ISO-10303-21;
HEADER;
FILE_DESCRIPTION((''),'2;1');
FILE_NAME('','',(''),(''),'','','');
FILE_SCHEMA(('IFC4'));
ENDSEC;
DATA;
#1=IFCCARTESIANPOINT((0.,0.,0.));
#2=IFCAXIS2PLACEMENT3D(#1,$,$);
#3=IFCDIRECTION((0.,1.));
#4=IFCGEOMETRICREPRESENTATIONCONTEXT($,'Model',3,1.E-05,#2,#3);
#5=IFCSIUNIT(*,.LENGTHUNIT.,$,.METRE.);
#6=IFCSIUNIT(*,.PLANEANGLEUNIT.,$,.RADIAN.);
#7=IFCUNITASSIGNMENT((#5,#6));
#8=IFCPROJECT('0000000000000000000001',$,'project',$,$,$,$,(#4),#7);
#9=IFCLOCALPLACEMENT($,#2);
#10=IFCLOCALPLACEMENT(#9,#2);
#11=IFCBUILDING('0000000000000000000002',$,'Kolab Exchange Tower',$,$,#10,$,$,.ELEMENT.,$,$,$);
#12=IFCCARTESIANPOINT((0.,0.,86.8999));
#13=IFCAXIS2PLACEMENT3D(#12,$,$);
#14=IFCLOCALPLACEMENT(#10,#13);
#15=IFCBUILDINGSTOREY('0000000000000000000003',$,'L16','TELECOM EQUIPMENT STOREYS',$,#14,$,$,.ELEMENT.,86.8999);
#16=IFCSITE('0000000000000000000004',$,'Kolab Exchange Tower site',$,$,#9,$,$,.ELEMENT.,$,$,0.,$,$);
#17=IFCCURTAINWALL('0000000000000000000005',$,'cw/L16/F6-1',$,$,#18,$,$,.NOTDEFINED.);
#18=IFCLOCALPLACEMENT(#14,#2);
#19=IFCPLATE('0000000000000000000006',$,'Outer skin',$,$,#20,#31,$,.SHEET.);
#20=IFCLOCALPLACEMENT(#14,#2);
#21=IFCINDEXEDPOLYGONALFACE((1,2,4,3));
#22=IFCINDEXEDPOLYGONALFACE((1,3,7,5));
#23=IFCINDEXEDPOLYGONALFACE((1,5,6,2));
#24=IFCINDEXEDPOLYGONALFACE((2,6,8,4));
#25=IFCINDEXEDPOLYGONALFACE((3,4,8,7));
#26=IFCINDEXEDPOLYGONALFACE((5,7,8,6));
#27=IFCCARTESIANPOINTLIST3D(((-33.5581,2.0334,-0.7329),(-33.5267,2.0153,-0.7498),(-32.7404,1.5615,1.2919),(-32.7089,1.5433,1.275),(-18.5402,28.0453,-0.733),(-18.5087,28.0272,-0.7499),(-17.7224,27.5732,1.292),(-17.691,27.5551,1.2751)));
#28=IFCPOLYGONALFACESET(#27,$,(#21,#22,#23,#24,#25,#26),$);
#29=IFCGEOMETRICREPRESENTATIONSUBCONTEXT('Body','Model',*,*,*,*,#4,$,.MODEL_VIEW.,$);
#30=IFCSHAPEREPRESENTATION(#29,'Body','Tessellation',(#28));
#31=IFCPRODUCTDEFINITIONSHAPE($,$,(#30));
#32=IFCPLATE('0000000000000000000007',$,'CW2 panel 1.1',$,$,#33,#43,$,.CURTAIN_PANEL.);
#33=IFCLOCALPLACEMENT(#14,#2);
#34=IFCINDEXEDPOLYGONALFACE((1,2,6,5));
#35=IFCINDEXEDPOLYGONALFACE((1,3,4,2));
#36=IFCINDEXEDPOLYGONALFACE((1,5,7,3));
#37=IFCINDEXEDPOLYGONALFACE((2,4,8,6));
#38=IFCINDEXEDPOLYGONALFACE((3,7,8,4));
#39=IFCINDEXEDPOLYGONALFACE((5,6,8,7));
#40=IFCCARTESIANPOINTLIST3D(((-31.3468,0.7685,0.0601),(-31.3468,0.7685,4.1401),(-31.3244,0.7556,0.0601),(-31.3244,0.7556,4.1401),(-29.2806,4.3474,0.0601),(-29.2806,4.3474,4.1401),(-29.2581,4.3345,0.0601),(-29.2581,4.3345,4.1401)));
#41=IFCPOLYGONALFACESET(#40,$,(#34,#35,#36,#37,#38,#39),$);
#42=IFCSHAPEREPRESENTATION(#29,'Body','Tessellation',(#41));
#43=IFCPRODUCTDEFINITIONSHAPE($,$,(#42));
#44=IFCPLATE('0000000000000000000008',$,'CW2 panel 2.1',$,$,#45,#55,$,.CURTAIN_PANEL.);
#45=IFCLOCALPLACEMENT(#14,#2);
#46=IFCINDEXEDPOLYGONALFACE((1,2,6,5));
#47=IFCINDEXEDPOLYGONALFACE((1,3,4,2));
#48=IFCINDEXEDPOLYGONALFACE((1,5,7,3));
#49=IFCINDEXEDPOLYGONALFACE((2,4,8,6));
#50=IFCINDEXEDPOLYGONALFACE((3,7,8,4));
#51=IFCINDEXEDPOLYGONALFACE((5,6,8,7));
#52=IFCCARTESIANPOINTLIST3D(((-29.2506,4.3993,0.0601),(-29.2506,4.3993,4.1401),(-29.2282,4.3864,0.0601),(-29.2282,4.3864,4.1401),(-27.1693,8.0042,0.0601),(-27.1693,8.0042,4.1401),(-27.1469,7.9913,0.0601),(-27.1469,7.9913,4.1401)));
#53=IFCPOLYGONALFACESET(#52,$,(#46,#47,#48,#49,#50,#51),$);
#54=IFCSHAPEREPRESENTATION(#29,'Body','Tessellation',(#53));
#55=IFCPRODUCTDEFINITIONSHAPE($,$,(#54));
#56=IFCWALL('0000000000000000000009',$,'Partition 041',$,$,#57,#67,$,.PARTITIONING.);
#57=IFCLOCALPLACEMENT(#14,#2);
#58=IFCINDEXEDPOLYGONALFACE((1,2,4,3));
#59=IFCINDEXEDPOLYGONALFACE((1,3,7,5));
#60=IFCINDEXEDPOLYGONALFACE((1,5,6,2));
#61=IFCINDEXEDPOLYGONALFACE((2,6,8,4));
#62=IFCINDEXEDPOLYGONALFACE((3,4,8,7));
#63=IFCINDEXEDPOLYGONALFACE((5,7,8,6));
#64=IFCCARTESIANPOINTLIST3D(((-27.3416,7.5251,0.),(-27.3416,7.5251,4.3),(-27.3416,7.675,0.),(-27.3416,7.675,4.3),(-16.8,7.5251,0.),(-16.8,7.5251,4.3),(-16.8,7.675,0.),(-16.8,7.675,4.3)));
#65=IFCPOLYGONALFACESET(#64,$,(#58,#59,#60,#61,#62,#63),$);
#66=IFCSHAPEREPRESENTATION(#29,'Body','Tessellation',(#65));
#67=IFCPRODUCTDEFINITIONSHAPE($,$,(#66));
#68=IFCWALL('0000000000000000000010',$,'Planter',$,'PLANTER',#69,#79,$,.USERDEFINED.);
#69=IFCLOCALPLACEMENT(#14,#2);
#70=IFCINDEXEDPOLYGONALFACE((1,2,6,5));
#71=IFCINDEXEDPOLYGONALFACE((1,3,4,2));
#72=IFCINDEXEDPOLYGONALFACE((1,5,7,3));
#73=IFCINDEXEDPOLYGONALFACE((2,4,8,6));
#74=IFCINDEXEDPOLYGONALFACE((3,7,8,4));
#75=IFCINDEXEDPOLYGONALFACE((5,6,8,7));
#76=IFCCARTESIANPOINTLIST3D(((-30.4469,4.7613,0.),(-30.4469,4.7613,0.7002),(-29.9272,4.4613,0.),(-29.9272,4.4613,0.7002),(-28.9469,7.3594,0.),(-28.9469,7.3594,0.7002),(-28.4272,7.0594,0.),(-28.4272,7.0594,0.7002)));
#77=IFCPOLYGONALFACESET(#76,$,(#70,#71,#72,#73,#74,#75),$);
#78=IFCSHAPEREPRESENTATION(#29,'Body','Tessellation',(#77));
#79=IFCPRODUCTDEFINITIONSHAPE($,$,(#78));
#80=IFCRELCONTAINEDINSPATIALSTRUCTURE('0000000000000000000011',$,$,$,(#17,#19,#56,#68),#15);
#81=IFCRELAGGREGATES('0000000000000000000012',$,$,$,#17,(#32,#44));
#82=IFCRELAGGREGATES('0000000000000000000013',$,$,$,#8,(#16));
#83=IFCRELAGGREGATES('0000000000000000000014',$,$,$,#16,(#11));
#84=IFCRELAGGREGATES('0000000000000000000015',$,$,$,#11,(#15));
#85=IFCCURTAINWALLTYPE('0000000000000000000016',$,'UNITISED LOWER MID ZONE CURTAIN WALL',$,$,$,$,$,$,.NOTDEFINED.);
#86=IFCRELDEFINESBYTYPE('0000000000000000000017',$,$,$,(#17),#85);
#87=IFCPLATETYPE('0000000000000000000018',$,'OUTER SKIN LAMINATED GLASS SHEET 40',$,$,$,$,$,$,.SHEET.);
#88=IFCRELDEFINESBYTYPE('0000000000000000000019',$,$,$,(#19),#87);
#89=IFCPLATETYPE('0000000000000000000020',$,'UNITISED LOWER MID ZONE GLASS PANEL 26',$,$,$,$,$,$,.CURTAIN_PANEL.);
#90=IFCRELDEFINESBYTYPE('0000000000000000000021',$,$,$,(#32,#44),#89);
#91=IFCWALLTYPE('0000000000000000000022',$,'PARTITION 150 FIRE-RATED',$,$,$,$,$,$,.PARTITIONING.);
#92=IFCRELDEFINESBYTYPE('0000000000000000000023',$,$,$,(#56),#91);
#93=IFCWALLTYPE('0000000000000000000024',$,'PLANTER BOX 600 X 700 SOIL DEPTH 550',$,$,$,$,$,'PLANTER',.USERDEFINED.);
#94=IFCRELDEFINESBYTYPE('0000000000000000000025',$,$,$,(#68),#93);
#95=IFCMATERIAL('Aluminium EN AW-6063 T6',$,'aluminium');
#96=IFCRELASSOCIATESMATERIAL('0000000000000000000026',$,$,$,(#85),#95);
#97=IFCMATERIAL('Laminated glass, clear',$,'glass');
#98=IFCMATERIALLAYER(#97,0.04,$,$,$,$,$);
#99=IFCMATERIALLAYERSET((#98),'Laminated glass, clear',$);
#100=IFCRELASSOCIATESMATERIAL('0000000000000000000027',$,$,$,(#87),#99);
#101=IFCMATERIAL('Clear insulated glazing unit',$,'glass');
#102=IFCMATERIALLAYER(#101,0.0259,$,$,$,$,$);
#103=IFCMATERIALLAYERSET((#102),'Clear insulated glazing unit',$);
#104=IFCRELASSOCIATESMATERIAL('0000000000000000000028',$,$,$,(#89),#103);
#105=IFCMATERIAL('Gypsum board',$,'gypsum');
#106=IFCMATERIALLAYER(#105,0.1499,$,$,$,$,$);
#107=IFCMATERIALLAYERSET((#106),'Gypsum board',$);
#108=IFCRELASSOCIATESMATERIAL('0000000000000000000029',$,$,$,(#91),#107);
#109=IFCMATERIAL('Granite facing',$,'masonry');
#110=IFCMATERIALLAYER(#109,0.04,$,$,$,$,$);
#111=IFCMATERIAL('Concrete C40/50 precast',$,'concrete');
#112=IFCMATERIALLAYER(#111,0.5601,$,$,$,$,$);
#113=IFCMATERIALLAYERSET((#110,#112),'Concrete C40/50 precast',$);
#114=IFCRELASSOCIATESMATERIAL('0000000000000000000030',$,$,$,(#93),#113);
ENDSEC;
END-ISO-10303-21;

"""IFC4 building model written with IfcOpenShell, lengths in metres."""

from ifc_helpers import new_model, si_unit, direction, frame, frame_2d, origin, origin_2d, place, context, subcontext, project, spatial, polyline, rectangle, outline, extrude, material, layer, layer_set, type_object, element, aggregate, save


model = new_model("IFC4")

# Units and contexts
model_context = context("Model", 3, precision=1e-05, world=origin(), true_north=direction((0.0, 1.0)))
body_context = subcontext(model_context, "Body", "Model", "MODEL_VIEW")
ifc_project = project(units=[si_unit("LENGTHUNIT", "METRE"), si_unit("PLANEANGLEUNIT", "RADIAN")], contexts=[model_context])

# Site, building, storey
site_placement = place(None, origin())
site = spatial("IfcSite", under=ifc_project, at=site_placement, Name="Kolab Exchange Tower site", CompositionType="ELEMENT", RefElevation=0.0)
building_placement = place(site_placement, origin())
building = spatial("IfcBuilding", under=site, at=building_placement, Name="Kolab Exchange Tower", CompositionType="ELEMENT")
storey_placement = place(building_placement, frame((0.0, 0.0, 86.8999)))
storey = spatial("IfcBuildingStorey", under=building, at=storey_placement, Name="L16", Description="TELECOM EQUIPMENT STOREYS", CompositionType="ELEMENT", Elevation=86.8999)

# Curtain wall
ifc_material_1 = material(Name="Aluminium EN AW-6063 T6", Category="aluminium")
curtain_wall_type = type_object("IfcCurtainWallType", Name="UNITISED LOWER MID ZONE CURTAIN WALL", PredefinedType="NOTDEFINED", material=ifc_material_1)
curtain_wall_1_placement = place(storey_placement, origin())
curtain_wall_1 = element("IfcCurtainWall", 1, at=curtain_wall_1_placement, inside=storey, type_object=curtain_wall_type, Name="cw/L16/F6-1", PredefinedType="NOTDEFINED")

# Plates
ifc_material_2 = material(Name="Laminated glass, clear", Category="glass")
ifc_layer_1 = layer(ifc_material_2, 0.04)
ifc_layer_set_1 = layer_set([ifc_layer_1], Name="Laminated glass, clear")
plate_type_1 = type_object("IfcPlateType", Name="OUTER SKIN LAMINATED GLASS SHEET 40", PredefinedType="SHEET", material=ifc_layer_set_1)
plate_1_placement = place(storey_placement, frame((-33.5581, 2.0334, -0.7329), z_axis=(-0.784887, 0.453155, 0.422613), x_axis=(0.499999, 0.866026, -0.000002)))
element("IfcPlate", 2, at=plate_1_placement, inside=storey, type_object=plate_type_1, Name="Outer skin", PredefinedType="SHEET", context=body_context, shape_type="SweptSolid", body=[
    extrude(outline(polyline([(0.0, 0.0), (30.0359, 0.0), (30.036, -2.2343), (0.0001, -2.2342), (0.0, 0.0)])), origin(), (0.0, 0.0, -1.0), 0.04),
])
ifc_material_3 = material(Name="Clear insulated glazing unit", Category="glass")
ifc_layer_2 = layer(ifc_material_3, 0.0259)
ifc_layer_set_2 = layer_set([ifc_layer_2], Name="Clear insulated glazing unit")
plate_type_2 = type_object("IfcPlateType", Name="UNITISED LOWER MID ZONE GLASS PANEL 26", PredefinedType="CURTAIN_PANEL", material=ifc_layer_set_2)
plate_2_placement = place(storey_placement, frame((-30.3025, 2.5515, 0.0601), z_axis=(0.0, 0.0, 1.0), x_axis=(0.5, 0.866025, 0.0)))
plate_2 = element("IfcPlate", 3, at=plate_2_placement, type_object=plate_type_2, Name="CW2 panel 1.1", PredefinedType="CURTAIN_PANEL", context=body_context, shape_type="SweptSolid", body=[
    extrude(rectangle(XDim=4.1326, YDim=0.0259, at=origin_2d()), origin(), (0.0, 0.0, 1.0), 4.0801),
])
plate_3_placement = place(storey_placement, frame((-28.1987, 6.1953, 0.0601), z_axis=(0.0, 0.0, 1.0), x_axis=(0.5, 0.866025, 0.0)))
plate_3 = element("IfcPlate", 4, at=plate_3_placement, type_object=plate_type_2, Name="CW2 panel 2.1", PredefinedType="CURTAIN_PANEL", context=body_context, shape_type="SweptSolid", body=[
    extrude(rectangle(XDim=4.1626, YDim=0.0259, at=origin_2d()), origin(), (0.0, 0.0, 1.0), 4.0801),
])
aggregate(curtain_wall_1, [plate_2, plate_3])

# Walls
ifc_material_4 = material(Name="Gypsum board", Category="gypsum")
ifc_layer_3 = layer(ifc_material_4, 0.1499)
ifc_layer_set_3 = layer_set([ifc_layer_3], Name="Gypsum board")
wall_type_1 = type_object("IfcWallType", Name="PARTITION 150 FIRE-RATED", PredefinedType="PARTITIONING", material=ifc_layer_set_3)
wall_1_placement = place(storey_placement, frame((-27.3416, 7.6001, 0.0), z_axis=(0.0, 0.0, 1.0), x_axis=(1.0, 0.0, 0.0)))
element("IfcWall", 5, at=wall_1_placement, inside=storey, type_object=wall_type_1, Name="Partition 041", PredefinedType="PARTITIONING", context=body_context, shape_type="SweptSolid", body=[
    extrude(rectangle(XDim=10.5415, YDim=0.1499, at=frame_2d((5.2708, 0.0))), origin(), (0.0, 0.0, 1.0), 4.3),
])
ifc_material_5 = material(Name="Granite facing", Category="masonry")
ifc_layer_4 = layer(ifc_material_5, 0.04)
ifc_material_6 = material(Name="Concrete C40/50 precast", Category="concrete")
ifc_layer_5 = layer(ifc_material_6, 0.5601)
ifc_layer_set_4 = layer_set([ifc_layer_4, ifc_layer_5], Name="Concrete C40/50 precast")
wall_type_2 = type_object("IfcWallType", Name="PLANTER BOX 600 X 700 SOIL DEPTH 550", ElementType="PLANTER", PredefinedType="USERDEFINED", material=ifc_layer_set_4)
wall_2_placement = place(storey_placement, frame((-30.187, 4.6113, 0.0), z_axis=(0.0, 0.0, 1.0), x_axis=(0.49999, 0.866031, 0.0)))
element("IfcWall", 6, at=wall_2_placement, inside=storey, type_object=wall_type_2, Name="Planter", ObjectType="PLANTER", PredefinedType="USERDEFINED", context=body_context, shape_type="SweptSolid", body=[
    extrude(rectangle(XDim=3.0, YDim=0.6001, at=frame_2d((1.5, 0.0))), origin(), (0.0, 0.0, 1.0), 0.7002),
])

save(model, "model.ifc")
